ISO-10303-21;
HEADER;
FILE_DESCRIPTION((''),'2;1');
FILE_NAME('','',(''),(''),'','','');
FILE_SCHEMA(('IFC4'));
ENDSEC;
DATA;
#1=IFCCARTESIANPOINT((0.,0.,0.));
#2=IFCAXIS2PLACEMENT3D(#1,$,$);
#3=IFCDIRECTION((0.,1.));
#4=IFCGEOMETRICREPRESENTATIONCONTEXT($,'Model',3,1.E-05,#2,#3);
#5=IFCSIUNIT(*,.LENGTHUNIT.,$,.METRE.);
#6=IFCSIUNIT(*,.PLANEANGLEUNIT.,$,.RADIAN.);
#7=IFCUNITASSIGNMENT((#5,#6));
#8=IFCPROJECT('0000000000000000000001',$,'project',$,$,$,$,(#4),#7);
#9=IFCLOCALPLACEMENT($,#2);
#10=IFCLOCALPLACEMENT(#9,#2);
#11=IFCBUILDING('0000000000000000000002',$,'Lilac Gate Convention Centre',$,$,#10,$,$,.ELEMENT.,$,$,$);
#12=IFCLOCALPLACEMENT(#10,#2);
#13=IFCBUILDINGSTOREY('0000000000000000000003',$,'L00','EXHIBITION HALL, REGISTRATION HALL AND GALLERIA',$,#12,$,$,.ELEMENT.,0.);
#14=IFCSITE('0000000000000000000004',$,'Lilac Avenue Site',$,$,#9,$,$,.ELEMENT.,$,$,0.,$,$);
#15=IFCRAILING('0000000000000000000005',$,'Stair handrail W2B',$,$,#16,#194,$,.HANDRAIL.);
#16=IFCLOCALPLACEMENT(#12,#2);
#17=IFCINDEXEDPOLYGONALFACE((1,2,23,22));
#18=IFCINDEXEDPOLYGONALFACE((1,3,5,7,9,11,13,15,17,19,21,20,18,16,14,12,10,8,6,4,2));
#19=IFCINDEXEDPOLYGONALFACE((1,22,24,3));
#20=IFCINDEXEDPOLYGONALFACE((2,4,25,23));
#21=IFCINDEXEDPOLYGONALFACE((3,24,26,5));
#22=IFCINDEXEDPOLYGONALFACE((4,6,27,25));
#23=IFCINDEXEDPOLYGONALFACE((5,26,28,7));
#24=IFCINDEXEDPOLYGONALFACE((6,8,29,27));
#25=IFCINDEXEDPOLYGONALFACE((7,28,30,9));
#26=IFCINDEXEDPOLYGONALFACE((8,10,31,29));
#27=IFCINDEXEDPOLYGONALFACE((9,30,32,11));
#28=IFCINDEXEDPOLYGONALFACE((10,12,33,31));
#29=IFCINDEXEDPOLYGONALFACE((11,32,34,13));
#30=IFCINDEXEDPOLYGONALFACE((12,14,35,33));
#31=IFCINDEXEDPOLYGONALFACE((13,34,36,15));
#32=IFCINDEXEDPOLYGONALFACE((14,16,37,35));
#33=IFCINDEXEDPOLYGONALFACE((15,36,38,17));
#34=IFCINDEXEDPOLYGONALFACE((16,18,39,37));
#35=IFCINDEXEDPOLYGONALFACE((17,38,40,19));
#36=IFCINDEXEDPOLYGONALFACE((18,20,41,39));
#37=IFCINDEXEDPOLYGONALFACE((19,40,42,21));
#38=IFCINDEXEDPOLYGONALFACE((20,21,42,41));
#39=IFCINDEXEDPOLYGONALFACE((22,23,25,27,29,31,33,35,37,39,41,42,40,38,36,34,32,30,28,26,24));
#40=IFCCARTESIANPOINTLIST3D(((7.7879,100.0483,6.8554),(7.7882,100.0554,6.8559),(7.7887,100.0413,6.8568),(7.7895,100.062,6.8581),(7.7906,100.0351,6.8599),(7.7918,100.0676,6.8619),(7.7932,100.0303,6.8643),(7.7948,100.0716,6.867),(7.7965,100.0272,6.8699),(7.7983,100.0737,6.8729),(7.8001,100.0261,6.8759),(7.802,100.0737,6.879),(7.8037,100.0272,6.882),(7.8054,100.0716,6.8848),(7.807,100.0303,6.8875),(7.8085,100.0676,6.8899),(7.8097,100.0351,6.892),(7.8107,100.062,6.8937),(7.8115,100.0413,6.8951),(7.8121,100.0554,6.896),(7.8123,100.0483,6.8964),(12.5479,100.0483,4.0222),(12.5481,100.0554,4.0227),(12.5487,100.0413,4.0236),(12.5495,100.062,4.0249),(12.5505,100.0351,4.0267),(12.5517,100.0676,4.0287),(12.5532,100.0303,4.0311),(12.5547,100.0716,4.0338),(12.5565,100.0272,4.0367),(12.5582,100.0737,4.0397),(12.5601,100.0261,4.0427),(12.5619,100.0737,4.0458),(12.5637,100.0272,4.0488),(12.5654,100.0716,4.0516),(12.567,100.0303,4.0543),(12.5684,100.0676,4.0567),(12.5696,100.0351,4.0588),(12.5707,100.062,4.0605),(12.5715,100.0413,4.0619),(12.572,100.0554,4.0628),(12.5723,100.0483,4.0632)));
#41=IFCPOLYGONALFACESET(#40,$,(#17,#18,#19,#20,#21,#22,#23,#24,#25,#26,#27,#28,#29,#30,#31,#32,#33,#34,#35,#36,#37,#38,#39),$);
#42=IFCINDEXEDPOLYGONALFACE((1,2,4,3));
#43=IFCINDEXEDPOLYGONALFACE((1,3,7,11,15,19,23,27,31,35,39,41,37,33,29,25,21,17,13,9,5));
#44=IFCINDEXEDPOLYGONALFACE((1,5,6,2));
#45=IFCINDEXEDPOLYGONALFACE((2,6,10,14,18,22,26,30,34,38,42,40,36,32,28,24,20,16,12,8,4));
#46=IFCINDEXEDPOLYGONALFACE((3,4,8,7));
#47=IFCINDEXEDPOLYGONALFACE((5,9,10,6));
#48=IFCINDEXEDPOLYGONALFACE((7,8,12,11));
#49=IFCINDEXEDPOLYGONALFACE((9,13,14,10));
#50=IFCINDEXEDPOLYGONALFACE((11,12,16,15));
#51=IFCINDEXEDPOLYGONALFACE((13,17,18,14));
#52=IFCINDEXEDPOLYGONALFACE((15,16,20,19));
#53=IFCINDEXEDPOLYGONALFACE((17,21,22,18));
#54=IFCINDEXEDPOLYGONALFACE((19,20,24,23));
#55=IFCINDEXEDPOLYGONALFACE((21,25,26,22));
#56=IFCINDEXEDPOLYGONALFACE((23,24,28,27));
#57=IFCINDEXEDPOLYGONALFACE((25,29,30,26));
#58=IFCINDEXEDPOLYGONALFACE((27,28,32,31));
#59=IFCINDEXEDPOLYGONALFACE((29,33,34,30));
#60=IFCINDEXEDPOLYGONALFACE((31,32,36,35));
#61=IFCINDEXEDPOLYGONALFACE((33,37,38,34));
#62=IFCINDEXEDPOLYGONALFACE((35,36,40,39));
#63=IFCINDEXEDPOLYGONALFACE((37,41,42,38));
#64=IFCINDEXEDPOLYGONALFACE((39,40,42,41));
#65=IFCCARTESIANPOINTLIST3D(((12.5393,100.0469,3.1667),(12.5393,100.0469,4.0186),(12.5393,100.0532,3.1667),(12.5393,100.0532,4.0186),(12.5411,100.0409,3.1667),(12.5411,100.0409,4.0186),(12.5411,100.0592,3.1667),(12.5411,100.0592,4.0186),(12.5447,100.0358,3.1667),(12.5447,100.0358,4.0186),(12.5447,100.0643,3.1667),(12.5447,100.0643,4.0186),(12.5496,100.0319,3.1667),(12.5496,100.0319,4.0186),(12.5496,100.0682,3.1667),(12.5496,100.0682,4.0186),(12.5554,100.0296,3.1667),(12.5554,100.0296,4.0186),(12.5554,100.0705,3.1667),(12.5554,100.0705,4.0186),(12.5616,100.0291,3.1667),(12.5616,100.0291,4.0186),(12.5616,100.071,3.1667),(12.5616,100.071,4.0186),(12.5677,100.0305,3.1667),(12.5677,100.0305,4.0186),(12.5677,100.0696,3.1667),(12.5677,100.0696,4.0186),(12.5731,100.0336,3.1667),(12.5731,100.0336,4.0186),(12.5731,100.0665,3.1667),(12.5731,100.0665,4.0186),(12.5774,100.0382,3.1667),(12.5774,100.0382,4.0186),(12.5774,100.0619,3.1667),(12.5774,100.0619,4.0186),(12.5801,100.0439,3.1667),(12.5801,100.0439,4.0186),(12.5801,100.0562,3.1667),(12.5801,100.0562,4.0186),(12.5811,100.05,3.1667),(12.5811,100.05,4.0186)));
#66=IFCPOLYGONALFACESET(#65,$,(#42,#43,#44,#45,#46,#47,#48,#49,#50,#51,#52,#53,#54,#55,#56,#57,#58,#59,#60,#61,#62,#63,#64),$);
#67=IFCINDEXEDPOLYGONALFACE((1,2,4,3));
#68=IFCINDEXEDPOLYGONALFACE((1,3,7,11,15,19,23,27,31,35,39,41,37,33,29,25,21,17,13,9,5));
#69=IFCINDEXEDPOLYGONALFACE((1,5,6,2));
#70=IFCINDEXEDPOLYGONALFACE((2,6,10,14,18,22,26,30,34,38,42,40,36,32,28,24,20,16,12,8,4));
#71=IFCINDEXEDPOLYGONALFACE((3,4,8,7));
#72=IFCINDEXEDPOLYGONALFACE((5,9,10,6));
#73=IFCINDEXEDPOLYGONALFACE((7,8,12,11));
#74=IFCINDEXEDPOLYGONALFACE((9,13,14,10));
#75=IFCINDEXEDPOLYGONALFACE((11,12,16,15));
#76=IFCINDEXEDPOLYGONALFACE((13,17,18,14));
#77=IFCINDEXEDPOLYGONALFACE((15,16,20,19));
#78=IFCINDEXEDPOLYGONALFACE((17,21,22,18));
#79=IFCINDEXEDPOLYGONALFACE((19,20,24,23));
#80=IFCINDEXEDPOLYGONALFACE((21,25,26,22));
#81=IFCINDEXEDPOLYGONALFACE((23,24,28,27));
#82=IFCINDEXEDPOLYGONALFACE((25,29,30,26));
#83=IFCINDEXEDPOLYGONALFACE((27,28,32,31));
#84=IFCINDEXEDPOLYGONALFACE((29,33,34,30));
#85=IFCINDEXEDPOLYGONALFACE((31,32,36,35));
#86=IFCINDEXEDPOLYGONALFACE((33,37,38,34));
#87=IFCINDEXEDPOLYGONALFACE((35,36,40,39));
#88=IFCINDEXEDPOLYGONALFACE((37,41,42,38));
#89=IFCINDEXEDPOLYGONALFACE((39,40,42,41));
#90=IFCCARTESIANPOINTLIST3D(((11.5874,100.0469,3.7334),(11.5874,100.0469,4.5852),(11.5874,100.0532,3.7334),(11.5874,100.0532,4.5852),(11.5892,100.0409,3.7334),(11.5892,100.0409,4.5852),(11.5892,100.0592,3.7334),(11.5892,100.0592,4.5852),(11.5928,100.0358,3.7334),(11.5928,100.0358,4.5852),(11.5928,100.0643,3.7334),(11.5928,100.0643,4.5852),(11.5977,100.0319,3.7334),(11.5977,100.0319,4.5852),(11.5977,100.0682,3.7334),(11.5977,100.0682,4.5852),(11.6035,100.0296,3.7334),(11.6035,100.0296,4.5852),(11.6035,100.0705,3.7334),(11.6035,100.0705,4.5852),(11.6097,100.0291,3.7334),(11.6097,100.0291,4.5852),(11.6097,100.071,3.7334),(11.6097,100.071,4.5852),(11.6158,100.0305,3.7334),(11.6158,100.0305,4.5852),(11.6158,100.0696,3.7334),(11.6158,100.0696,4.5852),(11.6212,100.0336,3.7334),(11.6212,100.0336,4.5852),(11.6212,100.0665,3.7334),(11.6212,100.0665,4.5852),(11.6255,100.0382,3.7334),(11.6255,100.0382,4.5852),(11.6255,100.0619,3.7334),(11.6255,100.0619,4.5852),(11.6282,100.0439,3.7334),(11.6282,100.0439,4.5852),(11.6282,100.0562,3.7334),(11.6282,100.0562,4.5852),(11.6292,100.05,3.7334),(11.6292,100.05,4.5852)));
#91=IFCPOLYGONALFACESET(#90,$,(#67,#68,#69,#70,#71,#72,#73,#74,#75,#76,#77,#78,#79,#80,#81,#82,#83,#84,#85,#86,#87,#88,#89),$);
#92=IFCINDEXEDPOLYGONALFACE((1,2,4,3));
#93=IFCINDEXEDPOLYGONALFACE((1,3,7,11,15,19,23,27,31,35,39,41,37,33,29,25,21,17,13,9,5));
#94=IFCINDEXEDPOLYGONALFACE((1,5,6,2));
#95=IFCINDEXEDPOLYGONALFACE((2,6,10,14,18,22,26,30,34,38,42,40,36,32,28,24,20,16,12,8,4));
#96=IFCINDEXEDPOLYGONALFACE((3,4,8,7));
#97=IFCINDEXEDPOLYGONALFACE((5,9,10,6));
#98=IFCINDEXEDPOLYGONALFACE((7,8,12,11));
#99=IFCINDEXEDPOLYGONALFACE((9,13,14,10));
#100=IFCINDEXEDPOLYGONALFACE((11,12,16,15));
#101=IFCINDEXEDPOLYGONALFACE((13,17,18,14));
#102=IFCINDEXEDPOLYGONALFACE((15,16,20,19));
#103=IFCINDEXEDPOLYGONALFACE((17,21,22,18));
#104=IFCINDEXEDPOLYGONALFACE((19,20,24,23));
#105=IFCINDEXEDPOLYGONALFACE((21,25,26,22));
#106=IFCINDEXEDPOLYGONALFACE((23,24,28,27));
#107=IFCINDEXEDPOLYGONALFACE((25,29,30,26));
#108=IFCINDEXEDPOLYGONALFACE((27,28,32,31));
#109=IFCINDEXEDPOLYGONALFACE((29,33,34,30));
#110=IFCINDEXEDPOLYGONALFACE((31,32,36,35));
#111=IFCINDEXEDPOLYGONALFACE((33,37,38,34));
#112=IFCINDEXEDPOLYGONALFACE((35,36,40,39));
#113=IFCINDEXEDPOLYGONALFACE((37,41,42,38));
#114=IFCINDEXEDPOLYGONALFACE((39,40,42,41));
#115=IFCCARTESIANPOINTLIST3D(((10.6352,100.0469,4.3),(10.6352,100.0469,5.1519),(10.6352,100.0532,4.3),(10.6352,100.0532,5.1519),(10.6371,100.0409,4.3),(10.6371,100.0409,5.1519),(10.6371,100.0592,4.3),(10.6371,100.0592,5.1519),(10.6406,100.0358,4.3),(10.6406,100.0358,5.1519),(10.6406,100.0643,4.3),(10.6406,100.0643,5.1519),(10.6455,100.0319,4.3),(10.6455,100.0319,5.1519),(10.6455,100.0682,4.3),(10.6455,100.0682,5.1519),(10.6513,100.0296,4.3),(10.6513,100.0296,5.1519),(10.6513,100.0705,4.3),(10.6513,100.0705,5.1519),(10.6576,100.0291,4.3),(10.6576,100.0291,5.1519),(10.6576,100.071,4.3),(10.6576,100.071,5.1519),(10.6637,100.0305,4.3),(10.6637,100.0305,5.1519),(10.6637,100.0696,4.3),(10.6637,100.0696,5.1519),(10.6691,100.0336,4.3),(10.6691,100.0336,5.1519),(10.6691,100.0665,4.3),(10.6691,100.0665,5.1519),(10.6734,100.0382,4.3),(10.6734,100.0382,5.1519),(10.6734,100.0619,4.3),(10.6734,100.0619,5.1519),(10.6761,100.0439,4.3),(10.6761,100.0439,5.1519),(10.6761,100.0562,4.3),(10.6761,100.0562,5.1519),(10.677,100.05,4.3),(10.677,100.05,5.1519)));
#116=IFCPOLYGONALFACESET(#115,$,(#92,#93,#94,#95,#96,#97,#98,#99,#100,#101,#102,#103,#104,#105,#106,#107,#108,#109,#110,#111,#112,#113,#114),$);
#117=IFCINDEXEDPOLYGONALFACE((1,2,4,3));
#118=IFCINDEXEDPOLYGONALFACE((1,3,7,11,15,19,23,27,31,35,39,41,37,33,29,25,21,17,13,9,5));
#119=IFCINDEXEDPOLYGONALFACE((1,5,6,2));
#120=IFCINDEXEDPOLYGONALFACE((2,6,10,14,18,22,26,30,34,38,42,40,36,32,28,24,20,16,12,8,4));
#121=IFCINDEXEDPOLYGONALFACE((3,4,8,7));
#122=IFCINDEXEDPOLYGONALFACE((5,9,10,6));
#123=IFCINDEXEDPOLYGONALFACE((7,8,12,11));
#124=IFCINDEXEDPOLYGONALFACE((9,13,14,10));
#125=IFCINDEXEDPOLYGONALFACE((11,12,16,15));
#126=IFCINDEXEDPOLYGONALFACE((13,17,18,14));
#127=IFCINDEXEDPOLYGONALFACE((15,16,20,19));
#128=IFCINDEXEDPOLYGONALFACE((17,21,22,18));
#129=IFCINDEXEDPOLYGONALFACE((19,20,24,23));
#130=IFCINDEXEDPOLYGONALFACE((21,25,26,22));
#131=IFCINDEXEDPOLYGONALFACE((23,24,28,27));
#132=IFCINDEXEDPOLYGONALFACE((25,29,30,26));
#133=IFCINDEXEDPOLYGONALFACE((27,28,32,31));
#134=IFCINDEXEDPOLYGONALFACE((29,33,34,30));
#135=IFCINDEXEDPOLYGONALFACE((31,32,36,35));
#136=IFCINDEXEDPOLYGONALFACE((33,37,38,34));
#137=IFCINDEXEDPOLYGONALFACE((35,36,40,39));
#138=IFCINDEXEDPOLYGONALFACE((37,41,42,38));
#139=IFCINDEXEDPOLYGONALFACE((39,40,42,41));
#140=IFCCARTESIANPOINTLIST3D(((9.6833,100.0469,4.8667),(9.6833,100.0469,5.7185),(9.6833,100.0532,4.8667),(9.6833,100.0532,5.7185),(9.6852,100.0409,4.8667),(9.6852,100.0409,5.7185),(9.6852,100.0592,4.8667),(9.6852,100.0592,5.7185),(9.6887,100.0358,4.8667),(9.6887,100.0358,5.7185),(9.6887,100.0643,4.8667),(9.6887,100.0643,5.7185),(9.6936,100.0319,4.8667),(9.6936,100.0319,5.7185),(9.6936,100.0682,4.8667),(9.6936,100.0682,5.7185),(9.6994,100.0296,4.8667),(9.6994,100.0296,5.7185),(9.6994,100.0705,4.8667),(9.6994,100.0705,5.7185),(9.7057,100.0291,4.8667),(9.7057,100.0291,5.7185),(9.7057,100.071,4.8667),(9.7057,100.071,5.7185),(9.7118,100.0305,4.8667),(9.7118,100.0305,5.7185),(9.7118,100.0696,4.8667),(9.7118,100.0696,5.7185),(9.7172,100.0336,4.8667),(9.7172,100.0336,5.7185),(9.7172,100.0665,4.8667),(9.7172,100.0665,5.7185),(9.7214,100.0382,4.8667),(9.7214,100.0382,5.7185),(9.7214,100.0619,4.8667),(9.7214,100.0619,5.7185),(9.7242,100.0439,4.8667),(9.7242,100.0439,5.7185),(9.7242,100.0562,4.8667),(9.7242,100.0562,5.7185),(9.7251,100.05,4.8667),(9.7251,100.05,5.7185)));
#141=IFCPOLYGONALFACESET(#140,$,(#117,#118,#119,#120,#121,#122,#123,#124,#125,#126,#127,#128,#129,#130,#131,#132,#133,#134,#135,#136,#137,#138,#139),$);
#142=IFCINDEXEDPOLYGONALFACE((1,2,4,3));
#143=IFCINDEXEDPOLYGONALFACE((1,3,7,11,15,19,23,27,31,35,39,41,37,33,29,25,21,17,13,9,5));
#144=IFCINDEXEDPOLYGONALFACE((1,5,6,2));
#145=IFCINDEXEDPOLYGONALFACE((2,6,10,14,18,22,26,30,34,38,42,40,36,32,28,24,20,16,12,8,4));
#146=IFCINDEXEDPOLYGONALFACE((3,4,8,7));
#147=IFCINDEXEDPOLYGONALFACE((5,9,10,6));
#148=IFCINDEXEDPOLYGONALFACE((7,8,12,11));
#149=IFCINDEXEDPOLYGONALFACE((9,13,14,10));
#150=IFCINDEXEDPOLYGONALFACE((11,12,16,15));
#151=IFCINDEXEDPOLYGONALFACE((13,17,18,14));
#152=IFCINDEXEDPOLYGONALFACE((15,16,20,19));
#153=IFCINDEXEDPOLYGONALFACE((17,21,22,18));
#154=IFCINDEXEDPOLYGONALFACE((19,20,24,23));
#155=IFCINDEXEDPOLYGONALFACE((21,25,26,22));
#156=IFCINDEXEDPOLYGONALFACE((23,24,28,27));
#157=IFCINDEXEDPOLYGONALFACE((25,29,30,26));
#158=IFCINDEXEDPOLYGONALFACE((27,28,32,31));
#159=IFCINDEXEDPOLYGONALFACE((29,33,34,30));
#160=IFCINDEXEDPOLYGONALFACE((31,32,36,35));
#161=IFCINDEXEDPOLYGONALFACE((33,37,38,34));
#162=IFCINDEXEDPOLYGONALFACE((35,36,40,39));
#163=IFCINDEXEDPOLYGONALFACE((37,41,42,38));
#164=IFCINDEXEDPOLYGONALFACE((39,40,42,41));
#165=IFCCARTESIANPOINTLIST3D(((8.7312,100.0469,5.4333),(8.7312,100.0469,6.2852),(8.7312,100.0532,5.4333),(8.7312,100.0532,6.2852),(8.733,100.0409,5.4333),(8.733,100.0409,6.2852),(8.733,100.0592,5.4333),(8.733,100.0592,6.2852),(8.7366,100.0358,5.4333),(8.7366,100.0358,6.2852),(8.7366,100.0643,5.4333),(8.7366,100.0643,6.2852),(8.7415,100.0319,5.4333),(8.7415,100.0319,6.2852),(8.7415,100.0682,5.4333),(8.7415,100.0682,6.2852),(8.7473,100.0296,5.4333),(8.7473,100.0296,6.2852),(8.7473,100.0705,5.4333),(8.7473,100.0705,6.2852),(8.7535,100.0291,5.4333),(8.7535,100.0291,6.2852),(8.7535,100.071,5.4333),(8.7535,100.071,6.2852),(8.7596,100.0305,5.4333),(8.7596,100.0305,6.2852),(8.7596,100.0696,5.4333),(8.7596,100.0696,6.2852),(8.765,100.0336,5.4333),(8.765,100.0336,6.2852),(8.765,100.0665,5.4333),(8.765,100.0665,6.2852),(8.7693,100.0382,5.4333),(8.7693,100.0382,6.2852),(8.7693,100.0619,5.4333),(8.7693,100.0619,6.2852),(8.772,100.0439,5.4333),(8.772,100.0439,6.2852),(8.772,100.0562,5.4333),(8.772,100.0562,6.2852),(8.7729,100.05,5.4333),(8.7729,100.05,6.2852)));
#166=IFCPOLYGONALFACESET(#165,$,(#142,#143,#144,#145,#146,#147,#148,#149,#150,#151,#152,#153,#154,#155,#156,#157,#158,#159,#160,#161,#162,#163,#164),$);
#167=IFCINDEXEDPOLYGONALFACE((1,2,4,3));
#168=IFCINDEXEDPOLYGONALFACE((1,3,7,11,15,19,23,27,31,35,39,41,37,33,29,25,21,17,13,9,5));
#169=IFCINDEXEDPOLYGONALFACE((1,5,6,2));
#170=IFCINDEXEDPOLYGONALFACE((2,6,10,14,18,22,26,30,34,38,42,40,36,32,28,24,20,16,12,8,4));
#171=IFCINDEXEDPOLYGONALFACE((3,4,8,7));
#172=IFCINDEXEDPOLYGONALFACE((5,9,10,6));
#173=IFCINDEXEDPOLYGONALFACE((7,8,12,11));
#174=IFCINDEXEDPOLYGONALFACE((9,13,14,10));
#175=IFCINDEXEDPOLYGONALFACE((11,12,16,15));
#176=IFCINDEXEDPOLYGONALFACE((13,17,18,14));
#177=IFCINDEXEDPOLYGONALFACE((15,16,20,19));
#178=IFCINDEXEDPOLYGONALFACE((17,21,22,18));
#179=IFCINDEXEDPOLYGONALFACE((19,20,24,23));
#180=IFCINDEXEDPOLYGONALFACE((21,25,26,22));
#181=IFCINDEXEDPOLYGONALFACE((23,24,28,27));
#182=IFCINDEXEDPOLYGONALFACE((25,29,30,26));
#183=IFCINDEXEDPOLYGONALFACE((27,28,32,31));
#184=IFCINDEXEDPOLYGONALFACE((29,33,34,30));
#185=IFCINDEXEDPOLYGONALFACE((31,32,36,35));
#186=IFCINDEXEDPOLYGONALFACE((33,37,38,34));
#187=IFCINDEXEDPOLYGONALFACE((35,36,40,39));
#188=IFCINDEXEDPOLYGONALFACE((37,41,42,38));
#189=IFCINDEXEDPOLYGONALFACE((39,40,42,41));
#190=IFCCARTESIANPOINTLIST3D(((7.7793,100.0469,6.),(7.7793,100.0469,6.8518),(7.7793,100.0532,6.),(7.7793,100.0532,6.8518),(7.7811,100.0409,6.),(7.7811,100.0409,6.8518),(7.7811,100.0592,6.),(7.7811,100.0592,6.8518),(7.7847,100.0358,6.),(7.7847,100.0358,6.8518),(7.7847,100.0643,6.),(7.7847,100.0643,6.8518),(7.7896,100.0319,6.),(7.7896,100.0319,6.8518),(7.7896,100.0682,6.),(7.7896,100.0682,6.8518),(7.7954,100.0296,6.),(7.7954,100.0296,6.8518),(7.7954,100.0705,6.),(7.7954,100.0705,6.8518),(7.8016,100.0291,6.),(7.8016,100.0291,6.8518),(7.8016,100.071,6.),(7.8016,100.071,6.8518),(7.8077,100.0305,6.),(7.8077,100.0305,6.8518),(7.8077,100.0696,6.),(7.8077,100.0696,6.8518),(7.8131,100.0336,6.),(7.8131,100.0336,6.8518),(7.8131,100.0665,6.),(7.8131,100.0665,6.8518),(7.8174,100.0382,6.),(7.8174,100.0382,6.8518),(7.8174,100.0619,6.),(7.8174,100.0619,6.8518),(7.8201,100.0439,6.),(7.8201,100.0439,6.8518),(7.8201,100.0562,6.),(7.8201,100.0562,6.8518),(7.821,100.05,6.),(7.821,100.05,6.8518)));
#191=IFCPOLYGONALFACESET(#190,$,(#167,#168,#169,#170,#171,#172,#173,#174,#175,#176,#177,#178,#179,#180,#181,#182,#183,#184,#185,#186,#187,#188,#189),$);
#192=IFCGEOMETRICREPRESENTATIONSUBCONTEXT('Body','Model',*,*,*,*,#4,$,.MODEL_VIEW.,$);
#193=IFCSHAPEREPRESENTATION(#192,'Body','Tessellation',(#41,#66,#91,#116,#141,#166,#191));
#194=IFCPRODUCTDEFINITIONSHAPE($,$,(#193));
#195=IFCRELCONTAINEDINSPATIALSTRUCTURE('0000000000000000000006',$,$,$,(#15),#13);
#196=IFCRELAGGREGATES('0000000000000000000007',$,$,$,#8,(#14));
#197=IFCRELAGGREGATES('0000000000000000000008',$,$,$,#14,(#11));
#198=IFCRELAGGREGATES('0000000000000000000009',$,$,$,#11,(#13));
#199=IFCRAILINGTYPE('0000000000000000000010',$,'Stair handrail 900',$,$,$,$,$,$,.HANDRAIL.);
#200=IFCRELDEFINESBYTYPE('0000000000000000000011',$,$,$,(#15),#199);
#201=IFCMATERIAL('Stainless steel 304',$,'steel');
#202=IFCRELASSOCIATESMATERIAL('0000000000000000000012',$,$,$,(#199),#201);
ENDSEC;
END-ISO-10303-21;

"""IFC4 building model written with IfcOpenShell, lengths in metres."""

from ifc_helpers import new_model, si_unit, direction, frame, origin, origin_2d, place, context, subcontext, project, spatial, circle, extrude, material, type_object, element, save


model = new_model("IFC4")

# Units and contexts
model_context = context("Model", 3, precision=1e-05, world=origin(), true_north=direction((0.0, 1.0)))
body_context = subcontext(model_context, "Body", "Model", "MODEL_VIEW")
ifc_project = project(units=[si_unit("LENGTHUNIT", "METRE"), si_unit("PLANEANGLEUNIT", "RADIAN")], contexts=[model_context])

# Site, building, storey
site_placement = place(None, origin())
site = spatial("IfcSite", under=ifc_project, at=site_placement, Name="Lilac Avenue Site", CompositionType="ELEMENT", RefElevation=0.0)
building_placement = place(site_placement, origin())
building = spatial("IfcBuilding", under=site, at=building_placement, Name="Lilac Gate Convention Centre", CompositionType="ELEMENT")
storey_placement = place(building_placement, origin())
storey = spatial("IfcBuildingStorey", under=building, at=storey_placement, Name="L00", Description="EXHIBITION HALL, REGISTRATION HALL AND GALLERIA", CompositionType="ELEMENT", Elevation=0.0)

# Railing
ifc_material_1 = material(Name="Stainless steel 304", Category="steel")
railing_type = type_object("IfcRailingType", Name="Stair handrail 900", PredefinedType="HANDRAIL", material=ifc_material_1)
for number, where, name in (
    (1, (12.5601, 100.05, 3.1667), "Stair handrail W2B"),
):
    element("IfcRailing", number, at=place(storey_placement, frame(where)), inside=storey, type_object=railing_type, Name=name, PredefinedType="HANDRAIL", context=body_context, shape_type="SweptSolid", body=[
        extrude(circle(Radius=0.0239, at=origin_2d()), frame((0.0, 0.0, 0.876), z_axis=(-0.8593, 0.0, 0.511472), x_axis=(0.0, -1.0, 0.0)), (0.0, 0.0, 1.0), 5.5393),
        extrude(circle(Radius=0.021, at=origin_2d()), origin(), (0.0, 0.0, 1.0), 0.8518),
        extrude(circle(Radius=0.021, at=origin_2d()), frame((-0.9519, 0.0, 0.5667)), (0.0, 0.0, 1.0), 0.8518),
        extrude(circle(Radius=0.021, at=origin_2d()), frame((-1.9041, 0.0, 1.1333)), (0.0, 0.0, 1.0), 0.8518),
        extrude(circle(Radius=0.021, at=origin_2d()), frame((-2.856, 0.0, 1.7)), (0.0, 0.0, 1.0), 0.8518),
        extrude(circle(Radius=0.021, at=origin_2d()), frame((-3.8081, 0.0, 2.2666)), (0.0, 0.0, 1.0), 0.8518),
        extrude(circle(Radius=0.021, at=origin_2d()), frame((-4.76, 0.0, 2.8333)), (0.0, 0.0, 1.0), 0.8518),
    ])

save(model, "model.ifc")
